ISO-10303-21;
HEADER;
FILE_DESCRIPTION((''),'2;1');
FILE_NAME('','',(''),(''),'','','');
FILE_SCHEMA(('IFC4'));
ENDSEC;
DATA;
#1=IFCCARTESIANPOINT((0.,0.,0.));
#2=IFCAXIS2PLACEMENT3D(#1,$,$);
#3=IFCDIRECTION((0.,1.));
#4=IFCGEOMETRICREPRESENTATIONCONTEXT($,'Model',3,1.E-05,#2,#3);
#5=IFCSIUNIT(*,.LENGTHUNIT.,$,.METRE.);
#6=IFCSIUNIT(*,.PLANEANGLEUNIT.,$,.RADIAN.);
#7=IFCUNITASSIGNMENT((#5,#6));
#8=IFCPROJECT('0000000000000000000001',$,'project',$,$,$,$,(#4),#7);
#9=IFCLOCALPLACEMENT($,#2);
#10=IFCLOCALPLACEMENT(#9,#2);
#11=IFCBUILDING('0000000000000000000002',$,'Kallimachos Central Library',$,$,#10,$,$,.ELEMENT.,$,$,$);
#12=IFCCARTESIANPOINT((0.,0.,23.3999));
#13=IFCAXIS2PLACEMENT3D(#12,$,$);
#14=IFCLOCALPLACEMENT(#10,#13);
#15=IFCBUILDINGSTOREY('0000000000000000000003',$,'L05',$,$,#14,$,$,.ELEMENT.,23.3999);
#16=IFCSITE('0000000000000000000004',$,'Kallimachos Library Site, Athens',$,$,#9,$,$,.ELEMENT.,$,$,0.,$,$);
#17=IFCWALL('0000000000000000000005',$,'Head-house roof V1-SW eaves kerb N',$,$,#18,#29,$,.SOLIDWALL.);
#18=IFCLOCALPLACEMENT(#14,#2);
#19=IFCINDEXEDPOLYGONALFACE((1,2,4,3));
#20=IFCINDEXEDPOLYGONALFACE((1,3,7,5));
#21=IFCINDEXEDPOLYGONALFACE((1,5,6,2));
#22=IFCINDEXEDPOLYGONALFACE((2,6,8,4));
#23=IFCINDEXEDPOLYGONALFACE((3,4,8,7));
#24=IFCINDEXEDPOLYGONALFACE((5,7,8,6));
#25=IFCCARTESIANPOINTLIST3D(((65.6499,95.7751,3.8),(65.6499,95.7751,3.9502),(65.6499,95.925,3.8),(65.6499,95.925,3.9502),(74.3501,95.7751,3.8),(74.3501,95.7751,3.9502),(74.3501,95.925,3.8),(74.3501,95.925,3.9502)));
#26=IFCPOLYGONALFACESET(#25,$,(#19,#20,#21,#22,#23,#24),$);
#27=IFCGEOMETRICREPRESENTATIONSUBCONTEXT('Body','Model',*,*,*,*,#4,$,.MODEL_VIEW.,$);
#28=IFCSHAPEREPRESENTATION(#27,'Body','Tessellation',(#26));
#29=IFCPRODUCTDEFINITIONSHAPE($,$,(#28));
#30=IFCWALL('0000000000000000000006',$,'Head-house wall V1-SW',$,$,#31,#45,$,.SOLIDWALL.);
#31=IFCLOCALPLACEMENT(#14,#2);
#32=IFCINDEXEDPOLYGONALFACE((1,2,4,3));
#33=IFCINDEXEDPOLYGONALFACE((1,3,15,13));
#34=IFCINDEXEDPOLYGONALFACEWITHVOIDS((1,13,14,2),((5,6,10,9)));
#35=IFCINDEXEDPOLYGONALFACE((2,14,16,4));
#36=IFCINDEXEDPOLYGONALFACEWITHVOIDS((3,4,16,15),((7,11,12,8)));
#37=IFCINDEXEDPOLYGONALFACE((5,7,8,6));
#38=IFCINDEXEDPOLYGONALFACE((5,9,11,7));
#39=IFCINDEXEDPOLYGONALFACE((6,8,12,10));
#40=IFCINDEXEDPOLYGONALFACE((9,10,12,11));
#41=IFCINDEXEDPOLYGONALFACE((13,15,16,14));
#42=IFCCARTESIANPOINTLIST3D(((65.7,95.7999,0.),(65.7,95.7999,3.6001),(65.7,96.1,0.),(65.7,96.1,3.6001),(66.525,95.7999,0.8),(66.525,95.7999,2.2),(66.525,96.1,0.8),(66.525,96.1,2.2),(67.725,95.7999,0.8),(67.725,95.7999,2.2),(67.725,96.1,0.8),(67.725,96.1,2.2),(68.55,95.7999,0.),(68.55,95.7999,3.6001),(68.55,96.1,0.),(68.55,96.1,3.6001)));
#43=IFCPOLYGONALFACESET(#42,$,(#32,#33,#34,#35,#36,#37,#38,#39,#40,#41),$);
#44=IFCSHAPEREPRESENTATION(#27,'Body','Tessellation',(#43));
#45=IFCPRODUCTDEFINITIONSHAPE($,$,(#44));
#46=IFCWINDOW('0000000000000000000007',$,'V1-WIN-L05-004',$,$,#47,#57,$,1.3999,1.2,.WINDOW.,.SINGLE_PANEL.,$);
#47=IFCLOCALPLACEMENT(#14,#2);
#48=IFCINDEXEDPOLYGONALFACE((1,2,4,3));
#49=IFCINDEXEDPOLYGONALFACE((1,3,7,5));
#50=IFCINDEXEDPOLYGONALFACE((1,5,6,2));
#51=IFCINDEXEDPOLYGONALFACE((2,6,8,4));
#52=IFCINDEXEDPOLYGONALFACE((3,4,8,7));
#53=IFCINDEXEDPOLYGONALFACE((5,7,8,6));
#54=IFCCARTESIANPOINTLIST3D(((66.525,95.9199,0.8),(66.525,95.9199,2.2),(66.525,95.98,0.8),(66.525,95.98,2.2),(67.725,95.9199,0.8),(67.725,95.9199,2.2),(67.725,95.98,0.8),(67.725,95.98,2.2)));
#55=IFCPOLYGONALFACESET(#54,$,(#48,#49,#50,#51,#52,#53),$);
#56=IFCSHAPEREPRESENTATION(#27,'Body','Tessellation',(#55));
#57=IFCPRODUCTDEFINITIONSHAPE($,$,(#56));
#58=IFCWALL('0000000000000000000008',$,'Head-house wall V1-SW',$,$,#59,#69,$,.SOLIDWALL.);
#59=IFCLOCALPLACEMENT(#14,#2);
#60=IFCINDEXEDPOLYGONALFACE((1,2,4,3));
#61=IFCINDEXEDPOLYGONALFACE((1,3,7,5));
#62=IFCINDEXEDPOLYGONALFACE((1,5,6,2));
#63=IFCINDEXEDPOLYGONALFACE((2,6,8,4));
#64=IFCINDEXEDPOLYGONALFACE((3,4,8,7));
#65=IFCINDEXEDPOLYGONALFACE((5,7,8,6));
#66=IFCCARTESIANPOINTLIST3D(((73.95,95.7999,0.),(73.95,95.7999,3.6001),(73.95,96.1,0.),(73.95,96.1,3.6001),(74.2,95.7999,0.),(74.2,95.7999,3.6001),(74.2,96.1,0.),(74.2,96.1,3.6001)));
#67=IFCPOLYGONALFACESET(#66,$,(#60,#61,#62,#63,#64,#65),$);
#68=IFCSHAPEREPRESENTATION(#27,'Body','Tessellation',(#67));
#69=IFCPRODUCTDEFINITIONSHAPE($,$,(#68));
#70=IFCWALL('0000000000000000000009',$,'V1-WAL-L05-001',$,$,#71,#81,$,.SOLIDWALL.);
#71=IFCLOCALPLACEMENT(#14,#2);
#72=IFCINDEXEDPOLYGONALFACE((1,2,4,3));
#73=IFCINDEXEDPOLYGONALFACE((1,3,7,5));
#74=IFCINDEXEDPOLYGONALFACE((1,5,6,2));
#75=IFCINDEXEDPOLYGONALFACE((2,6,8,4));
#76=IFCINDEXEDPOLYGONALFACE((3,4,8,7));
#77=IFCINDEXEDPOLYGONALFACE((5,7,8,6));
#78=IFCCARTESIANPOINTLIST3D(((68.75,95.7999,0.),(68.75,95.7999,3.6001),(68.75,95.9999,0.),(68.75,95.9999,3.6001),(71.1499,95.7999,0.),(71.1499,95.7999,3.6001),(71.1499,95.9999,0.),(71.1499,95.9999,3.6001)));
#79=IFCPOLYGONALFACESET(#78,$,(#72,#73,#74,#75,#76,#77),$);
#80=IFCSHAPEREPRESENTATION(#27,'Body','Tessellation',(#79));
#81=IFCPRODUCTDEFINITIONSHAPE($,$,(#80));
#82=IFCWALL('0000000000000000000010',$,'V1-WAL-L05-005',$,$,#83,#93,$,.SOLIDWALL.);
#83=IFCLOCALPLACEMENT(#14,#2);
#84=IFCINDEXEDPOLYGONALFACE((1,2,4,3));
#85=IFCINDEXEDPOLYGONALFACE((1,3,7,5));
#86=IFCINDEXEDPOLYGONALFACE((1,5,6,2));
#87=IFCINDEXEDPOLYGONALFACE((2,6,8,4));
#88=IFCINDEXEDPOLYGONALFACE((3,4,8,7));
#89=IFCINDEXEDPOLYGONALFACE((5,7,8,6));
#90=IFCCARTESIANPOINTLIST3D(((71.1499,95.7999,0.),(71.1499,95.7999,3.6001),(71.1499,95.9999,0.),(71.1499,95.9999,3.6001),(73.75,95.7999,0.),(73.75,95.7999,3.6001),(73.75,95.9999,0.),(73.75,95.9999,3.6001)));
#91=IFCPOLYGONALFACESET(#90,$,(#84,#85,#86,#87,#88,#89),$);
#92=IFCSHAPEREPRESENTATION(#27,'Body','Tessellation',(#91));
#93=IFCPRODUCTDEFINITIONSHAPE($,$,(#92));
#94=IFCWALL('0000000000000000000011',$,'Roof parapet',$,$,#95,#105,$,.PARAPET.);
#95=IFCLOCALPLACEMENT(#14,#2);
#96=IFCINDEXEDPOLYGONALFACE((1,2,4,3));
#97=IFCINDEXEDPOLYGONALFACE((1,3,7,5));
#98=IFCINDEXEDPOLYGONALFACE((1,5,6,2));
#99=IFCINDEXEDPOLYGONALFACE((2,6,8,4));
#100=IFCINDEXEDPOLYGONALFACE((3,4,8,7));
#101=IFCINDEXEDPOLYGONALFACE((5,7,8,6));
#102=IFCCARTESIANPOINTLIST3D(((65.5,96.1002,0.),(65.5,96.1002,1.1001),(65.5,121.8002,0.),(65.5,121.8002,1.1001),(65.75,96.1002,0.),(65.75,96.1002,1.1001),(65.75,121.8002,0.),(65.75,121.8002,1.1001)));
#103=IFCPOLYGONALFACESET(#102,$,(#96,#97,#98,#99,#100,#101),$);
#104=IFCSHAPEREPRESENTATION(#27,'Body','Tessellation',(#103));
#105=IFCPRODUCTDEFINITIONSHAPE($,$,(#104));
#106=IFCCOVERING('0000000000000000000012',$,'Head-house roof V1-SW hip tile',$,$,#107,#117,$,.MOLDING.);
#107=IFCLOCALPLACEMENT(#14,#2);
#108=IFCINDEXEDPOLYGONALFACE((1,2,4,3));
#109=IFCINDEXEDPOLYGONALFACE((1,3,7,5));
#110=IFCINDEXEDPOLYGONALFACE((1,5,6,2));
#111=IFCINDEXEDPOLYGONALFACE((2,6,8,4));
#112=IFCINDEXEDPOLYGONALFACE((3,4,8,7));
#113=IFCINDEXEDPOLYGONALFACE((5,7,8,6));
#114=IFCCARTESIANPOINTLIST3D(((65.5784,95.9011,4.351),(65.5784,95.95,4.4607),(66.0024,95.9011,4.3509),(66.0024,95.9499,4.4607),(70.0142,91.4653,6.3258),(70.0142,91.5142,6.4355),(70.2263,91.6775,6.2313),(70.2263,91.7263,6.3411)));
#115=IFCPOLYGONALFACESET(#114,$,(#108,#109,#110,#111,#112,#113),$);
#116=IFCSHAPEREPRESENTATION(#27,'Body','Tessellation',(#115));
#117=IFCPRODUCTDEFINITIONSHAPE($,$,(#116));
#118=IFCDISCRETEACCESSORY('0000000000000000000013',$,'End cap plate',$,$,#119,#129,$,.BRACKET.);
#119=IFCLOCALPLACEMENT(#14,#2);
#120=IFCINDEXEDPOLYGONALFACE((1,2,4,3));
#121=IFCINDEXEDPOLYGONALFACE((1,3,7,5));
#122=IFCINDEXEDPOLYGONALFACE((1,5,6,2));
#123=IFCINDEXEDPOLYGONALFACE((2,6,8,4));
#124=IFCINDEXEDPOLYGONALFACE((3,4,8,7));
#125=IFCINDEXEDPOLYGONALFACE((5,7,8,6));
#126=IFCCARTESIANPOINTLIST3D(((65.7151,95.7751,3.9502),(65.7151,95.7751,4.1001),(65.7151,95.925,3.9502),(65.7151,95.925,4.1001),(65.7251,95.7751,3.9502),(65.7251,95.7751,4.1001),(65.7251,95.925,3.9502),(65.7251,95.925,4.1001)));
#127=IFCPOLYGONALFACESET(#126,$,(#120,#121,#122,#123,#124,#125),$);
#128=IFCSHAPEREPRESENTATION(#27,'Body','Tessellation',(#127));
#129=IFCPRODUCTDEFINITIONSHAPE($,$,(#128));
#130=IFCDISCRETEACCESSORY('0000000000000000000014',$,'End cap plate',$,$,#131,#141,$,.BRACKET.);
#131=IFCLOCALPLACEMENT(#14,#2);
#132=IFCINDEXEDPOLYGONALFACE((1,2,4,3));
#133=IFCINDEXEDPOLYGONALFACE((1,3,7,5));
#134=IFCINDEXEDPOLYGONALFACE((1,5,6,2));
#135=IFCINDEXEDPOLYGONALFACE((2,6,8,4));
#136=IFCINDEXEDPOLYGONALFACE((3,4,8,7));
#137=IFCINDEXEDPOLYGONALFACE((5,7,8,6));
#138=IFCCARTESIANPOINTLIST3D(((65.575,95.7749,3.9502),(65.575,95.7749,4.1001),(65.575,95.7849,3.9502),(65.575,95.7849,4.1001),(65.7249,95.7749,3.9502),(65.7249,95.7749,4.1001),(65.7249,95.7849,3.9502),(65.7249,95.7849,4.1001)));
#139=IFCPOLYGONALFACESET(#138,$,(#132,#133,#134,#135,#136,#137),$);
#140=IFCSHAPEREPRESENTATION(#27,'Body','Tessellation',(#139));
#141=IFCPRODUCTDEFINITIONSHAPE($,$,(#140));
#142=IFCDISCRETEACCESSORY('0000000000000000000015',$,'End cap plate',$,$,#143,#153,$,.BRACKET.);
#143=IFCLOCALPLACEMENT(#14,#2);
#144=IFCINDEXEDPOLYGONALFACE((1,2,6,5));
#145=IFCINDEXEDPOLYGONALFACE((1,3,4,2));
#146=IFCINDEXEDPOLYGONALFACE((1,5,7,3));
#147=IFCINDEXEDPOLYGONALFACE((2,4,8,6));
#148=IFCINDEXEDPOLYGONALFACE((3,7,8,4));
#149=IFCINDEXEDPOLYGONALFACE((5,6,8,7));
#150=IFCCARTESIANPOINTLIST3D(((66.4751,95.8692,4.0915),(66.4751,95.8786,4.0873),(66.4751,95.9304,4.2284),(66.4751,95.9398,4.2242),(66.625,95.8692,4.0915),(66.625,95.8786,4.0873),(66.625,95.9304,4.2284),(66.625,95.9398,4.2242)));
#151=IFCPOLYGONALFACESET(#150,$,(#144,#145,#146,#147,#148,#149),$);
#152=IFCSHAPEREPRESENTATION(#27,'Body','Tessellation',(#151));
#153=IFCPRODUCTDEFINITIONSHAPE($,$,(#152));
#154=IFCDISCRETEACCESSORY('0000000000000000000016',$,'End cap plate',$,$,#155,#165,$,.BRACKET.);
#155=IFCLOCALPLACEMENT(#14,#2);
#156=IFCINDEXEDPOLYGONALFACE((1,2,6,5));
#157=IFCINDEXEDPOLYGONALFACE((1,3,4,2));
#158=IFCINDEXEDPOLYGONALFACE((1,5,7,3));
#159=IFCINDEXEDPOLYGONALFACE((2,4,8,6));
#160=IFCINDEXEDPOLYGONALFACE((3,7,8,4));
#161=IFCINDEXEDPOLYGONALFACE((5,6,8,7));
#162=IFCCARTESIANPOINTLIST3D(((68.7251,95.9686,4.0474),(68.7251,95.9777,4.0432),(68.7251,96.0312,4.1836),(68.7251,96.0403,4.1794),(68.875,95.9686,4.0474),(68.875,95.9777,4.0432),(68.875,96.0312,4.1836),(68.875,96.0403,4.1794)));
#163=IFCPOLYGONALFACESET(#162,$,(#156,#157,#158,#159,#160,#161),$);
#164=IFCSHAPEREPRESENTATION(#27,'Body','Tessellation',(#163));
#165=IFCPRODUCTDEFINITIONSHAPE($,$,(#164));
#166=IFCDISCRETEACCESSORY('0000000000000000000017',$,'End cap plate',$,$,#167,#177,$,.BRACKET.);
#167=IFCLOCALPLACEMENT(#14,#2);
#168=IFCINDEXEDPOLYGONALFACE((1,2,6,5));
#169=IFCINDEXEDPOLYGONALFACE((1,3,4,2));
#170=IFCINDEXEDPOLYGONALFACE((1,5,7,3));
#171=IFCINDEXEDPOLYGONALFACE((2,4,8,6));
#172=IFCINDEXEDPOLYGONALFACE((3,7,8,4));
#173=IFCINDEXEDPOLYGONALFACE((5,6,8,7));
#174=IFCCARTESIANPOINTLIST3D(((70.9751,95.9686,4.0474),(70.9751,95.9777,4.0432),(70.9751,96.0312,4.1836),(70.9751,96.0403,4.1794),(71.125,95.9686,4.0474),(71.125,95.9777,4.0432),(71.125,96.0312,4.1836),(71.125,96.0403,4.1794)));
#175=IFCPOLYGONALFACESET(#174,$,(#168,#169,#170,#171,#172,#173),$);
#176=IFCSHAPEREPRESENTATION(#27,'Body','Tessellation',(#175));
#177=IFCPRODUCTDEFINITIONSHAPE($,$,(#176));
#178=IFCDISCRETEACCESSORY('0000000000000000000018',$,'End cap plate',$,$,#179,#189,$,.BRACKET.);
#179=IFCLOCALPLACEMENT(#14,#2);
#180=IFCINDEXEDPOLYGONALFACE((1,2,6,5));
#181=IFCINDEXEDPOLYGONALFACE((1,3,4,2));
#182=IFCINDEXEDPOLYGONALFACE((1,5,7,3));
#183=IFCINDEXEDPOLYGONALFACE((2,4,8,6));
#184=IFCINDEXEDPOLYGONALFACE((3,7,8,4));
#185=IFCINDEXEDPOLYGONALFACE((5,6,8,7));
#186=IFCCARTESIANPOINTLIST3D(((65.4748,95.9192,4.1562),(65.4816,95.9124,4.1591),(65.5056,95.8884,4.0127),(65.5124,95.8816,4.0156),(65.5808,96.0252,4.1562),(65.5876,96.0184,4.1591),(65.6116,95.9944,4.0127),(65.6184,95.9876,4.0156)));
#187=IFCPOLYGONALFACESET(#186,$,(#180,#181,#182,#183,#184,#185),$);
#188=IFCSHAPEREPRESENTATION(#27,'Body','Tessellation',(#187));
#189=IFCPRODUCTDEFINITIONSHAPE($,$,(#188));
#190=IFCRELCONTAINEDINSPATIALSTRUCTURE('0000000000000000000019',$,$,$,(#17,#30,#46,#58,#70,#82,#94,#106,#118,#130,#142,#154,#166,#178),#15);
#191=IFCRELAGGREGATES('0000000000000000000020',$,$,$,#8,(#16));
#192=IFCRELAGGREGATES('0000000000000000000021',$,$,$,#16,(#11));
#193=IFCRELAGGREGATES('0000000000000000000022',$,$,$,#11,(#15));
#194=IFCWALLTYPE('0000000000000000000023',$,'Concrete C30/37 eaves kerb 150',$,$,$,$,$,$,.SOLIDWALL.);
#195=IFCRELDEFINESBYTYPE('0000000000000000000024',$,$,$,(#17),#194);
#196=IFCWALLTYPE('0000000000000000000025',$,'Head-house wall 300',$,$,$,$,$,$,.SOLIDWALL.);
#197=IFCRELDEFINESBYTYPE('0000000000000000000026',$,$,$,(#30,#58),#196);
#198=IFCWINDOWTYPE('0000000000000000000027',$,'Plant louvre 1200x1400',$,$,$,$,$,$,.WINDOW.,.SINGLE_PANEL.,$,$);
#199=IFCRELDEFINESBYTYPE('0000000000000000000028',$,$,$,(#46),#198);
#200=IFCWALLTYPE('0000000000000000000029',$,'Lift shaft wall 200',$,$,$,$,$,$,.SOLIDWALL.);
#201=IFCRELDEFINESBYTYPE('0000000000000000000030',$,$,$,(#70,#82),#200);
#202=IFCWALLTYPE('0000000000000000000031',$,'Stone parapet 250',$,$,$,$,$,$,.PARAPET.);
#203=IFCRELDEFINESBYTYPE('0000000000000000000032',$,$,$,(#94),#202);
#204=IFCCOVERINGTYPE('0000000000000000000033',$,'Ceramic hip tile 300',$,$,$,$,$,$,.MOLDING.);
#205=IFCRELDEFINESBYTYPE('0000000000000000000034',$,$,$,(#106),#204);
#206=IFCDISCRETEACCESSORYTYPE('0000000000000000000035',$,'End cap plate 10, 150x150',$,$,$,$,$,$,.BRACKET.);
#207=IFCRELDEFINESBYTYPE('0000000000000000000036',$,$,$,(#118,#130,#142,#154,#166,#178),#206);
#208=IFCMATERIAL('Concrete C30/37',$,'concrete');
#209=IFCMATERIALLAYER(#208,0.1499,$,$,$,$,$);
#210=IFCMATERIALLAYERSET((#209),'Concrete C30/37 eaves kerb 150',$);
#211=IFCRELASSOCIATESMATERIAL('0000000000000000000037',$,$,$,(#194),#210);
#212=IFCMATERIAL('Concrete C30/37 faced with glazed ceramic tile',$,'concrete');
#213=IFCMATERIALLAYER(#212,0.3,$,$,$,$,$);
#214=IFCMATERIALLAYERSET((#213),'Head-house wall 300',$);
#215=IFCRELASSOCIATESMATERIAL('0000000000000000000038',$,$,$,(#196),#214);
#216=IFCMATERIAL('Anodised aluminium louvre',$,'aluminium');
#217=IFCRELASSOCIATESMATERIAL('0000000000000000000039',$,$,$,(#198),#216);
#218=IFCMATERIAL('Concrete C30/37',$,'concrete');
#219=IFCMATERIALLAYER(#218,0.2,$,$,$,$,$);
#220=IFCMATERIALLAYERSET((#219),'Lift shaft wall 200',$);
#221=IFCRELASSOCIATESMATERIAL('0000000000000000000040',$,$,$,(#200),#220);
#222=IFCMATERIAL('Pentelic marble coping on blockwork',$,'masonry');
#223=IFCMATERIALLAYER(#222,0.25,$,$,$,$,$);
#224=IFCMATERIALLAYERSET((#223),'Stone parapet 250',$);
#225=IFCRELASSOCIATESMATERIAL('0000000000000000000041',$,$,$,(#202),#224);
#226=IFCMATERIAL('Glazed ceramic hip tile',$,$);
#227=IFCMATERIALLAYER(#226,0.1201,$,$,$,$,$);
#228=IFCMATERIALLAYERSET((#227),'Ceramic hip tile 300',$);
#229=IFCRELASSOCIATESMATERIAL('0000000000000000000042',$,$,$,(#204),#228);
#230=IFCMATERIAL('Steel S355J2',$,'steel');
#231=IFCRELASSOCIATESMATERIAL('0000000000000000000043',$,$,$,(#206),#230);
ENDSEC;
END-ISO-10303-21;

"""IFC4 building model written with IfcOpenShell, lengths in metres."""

from ifc_helpers import new_model, si_unit, direction, frame, frame_2d, origin, origin_2d, place, context, subcontext, project, spatial, polyline, rectangle, outline, extrude, material, layer, layer_set, material_profile, profile_set, type_object, element, fill, save


model = new_model("IFC4")

# Units and contexts
model_context = context("Model", 3, precision=1e-05, world=origin(), true_north=direction((0.0, 1.0)))
body_context = subcontext(model_context, "Body", "Model", "MODEL_VIEW")
ifc_project = project(units=[si_unit("LENGTHUNIT", "METRE"), si_unit("PLANEANGLEUNIT", "RADIAN")], contexts=[model_context])

# Site, building, storey
site_placement = place(None, origin())
site = spatial("IfcSite", under=ifc_project, at=site_placement, Name="Kallimachos Library Site, Athens", CompositionType="ELEMENT", RefElevation=0.0)
building_placement = place(site_placement, origin())
building = spatial("IfcBuilding", under=site, at=building_placement, Name="Kallimachos Central Library", CompositionType="ELEMENT")
storey_placement = place(building_placement, frame((0.0, 0.0, 23.3999)))
storey = spatial("IfcBuildingStorey", under=building, at=storey_placement, Name="L05", CompositionType="ELEMENT", Elevation=23.3999)

# Wall
ifc_material_1 = material(Name="Concrete C30/37", Category="concrete")
ifc_layer_1 = layer(ifc_material_1, 0.1499)
ifc_layer_set_1 = layer_set([ifc_layer_1], Name="Concrete C30/37 eaves kerb 150")
wall_type_1 = type_object("IfcWallType", Name="Concrete C30/37 eaves kerb 150", PredefinedType="SOLIDWALL", material=ifc_layer_set_1)
wall_1_placement = place(storey_placement, frame((65.6499, 95.8501, 3.8), z_axis=(0.0, 0.0, 1.0), x_axis=(1.0, 0.0, 0.0)))
element("IfcWall", 1, at=wall_1_placement, inside=storey, type_object=wall_type_1, Name="Head-house roof V1-SW eaves kerb N", PredefinedType="SOLIDWALL", context=body_context, shape_type="SweptSolid", body=[
    extrude(rectangle(XDim=8.7002, YDim=0.1499, at=frame_2d((4.3501, 0.0))), origin(), (0.0, 0.0, 1.0), 0.1501),
])

# Wall, opening, window
ifc_material_2 = material(Name="Concrete C30/37 faced with glazed ceramic tile", Category="concrete")
ifc_layer_2 = layer(ifc_material_2, 0.3)
ifc_layer_set_2 = layer_set([ifc_layer_2], Name="Head-house wall 300")
wall_type_2 = type_object("IfcWallType", Name="Head-house wall 300", PredefinedType="SOLIDWALL", material=ifc_layer_set_2)
wall_2_placement = place(storey_placement, frame((65.7, 95.95, 0.0), z_axis=(0.0, 0.0, 1.0), x_axis=(1.0, 0.0, 0.0)))
wall_2 = element("IfcWall", 2, at=wall_2_placement, inside=storey, type_object=wall_type_2, Name="Head-house wall V1-SW", PredefinedType="SOLIDWALL", context=body_context, shape_type="SweptSolid", body=[
    extrude(rectangle(XDim=2.8501, YDim=0.3, at=frame_2d((1.425, 0.0))), origin(), (0.0, 0.0, 1.0), 3.6001),
])
opening_placement = place(wall_2_placement, frame((0.825, 0.0, 0.8)))
opening = element("IfcOpeningElement", 3, at=opening_placement, cuts=wall_2, PredefinedType="OPENING", context=body_context, shape_type="SweptSolid", body=[
    extrude(rectangle(XDim=1.2, YDim=1.3999, at=frame_2d((0.6001, 0.7))), frame((0.0, 0.1599, 0.0), z_axis=(0.0, -1.0, 0.0), x_axis=(1.0, 0.0, 0.0)), (0.0, 0.0, 1.0), 0.3201),
])
ifc_material_3 = material(Name="Anodised aluminium louvre", Category="aluminium")
window_type = type_object("IfcWindowType", Name="Plant louvre 1200x1400", PartitioningType="SINGLE_PANEL", PredefinedType="WINDOW", material=ifc_material_3)
window_placement = place(opening_placement, origin())
window = element("IfcWindow", 4, at=window_placement, inside=storey, type_object=window_type, Name="V1-WIN-L05-004", OverallHeight=1.3999, OverallWidth=1.2, PartitioningType="SINGLE_PANEL", PredefinedType="WINDOW", context=body_context, shape_type="SweptSolid", body=[
    extrude(rectangle(XDim=1.2, YDim=1.3999, at=frame_2d((0.6001, 0.7))), frame((0.0, 0.03, 0.0), z_axis=(0.0, -1.0, 0.0), x_axis=(1.0, 0.0, 0.0)), (0.0, 0.0, 1.0), 0.0601),
])
fill(opening, window)

# Walls
wall_3_placement = place(storey_placement, frame((73.95, 95.95, 0.0), z_axis=(0.0, 0.0, 1.0), x_axis=(1.0, 0.0, 0.0)))
element("IfcWall", 5, at=wall_3_placement, inside=storey, type_object=wall_type_2, Name="Head-house wall V1-SW", PredefinedType="SOLIDWALL", context=body_context, shape_type="SweptSolid", body=[
    extrude(rectangle(XDim=0.25, YDim=0.3, at=frame_2d((0.125, 0.0))), origin(), (0.0, 0.0, 1.0), 3.6001),
])
ifc_material_4 = material(Name="Concrete C30/37", Category="concrete")
ifc_layer_3 = layer(ifc_material_4, 0.2)
ifc_layer_set_3 = layer_set([ifc_layer_3], Name="Lift shaft wall 200")
wall_type_3 = type_object("IfcWallType", Name="Lift shaft wall 200", PredefinedType="SOLIDWALL", material=ifc_layer_set_3)
wall_4_placement = place(storey_placement, frame((68.75, 95.8999, 0.0), z_axis=(0.0, 0.0, 1.0), x_axis=(1.0, 0.0, 0.0)))
element("IfcWall", 6, at=wall_4_placement, inside=storey, type_object=wall_type_3, Name="V1-WAL-L05-001", PredefinedType="SOLIDWALL", context=body_context, shape_type="SweptSolid", body=[
    extrude(rectangle(XDim=2.3999, YDim=0.2, at=frame_2d((1.2, 0.0))), origin(), (0.0, 0.0, 1.0), 3.6001),
])
wall_5_placement = place(storey_placement, frame((71.1499, 95.8999, 0.0), z_axis=(0.0, 0.0, 1.0), x_axis=(1.0, 0.0, 0.0)))
element("IfcWall", 7, at=wall_5_placement, inside=storey, type_object=wall_type_3, Name="V1-WAL-L05-005", PredefinedType="SOLIDWALL", context=body_context, shape_type="SweptSolid", body=[
    extrude(rectangle(XDim=2.6001, YDim=0.2, at=frame_2d((1.3, 0.0))), origin(), (0.0, 0.0, 1.0), 3.6001),
])
ifc_material_5 = material(Name="Pentelic marble coping on blockwork", Category="masonry")
ifc_layer_4 = layer(ifc_material_5, 0.25)
ifc_layer_set_4 = layer_set([ifc_layer_4], Name="Stone parapet 250")
wall_type_4 = type_object("IfcWallType", Name="Stone parapet 250", PredefinedType="PARAPET", material=ifc_layer_set_4)
wall_6_placement = place(storey_placement, frame((65.625, 96.1001, 0.0), z_axis=(0.0, 0.0, 1.0), x_axis=(0.0, 1.0, 0.0)))
element("IfcWall", 8, at=wall_6_placement, inside=storey, type_object=wall_type_4, Name="Roof parapet", PredefinedType="PARAPET", context=body_context, shape_type="SweptSolid", body=[
    extrude(rectangle(XDim=25.7, YDim=0.25, at=frame_2d((12.8501, 0.0))), origin(), (0.0, 0.0, 1.0), 1.1001),
])

# Covering
ifc_material_6 = material(Name="Glazed ceramic hip tile")
ifc_layer_5 = layer(ifc_material_6, 0.1201)
ifc_layer_set_5 = layer_set([ifc_layer_5], Name="Ceramic hip tile 300")
covering_type = type_object("IfcCoveringType", Name="Ceramic hip tile 300", PredefinedType="MOLDING", material=ifc_layer_set_5)
covering_placement = place(storey_placement, frame((65.5784, 95.95, 4.4607), z_axis=(0.000031, 0.406745, 0.913542), x_axis=(1.0, -0.000012, -0.000028)))
element("IfcCovering", 9, at=covering_placement, inside=storey, type_object=covering_type, Name="Head-house roof V1-SW hip tile", PredefinedType="MOLDING", context=body_context, shape_type="SweptSolid", body=[
    extrude(outline(polyline([(0.0, 0.0), (0.4241, 0.0), (4.6479, -4.6233), (4.4358, -4.8555), (0.0, 0.0)])), origin(), (0.0, 0.0, -1.0), 0.1201),
])

# Discrete accessories
ifc_material_7 = material(Name="Steel S355J2", Category="steel")
ifc_material_profile_1 = material_profile(ifc_material_7, rectangle(XDim=0.1499, YDim=0.1499, at=origin_2d()), Name="End cap plate 10, 150x150")
ifc_profile_set_1 = profile_set([ifc_material_profile_1], Name="Steel S355J2")
discrete_accessory_type = type_object("IfcDiscreteAccessoryType", Name="End cap plate 10, 150x150", PredefinedType="BRACKET", material=ifc_profile_set_1)
for number, where, z_axis, x_axis, name in (
    (10, (65.7151, 95.8501, 4.0251), (1.0, 0.0, 0.0), (0.0, 1.0, 0.0), "End cap plate"),
    (11, (65.6499, 95.7749, 4.0251), (0.0, 1.0, 0.0), (-1.0, 0.0, 0.0), "End cap plate"),
):
    element("IfcDiscreteAccessory", number, at=place(storey_placement, frame(where, z_axis=z_axis, x_axis=x_axis)), inside=storey, type_object=discrete_accessory_type, Name=name, PredefinedType="BRACKET", context=body_context, shape_type="SweptSolid", body=[
        extrude(rectangle(XDim=0.1499, YDim=0.1499, at=origin_2d()), origin(), (0.0, 0.0, 1.0), 0.01),
    ])
discrete_accessory_placement = place(storey_placement, frame((66.55, 95.9092, 4.1558), z_axis=(0.0, -0.912818, 0.408366), x_axis=(1.0, 0.0, 0.0)))
element("IfcDiscreteAccessory", 12, at=discrete_accessory_placement, inside=storey, type_object=discrete_accessory_type, Name="End cap plate", PredefinedType="BRACKET", context=body_context, shape_type="SweptSolid", body=[
    extrude(rectangle(XDim=0.1499, YDim=0.1499, at=origin_2d()), origin(), (0.0, 0.0, 1.0), 0.0103),
])
for number, where, z_axis, x_axis, name in (
    (13, (68.8, 96.009, 4.1113), (0.0, -0.908677, 0.4175), (1.0, 0.0, 0.0), "End cap plate"),
    (14, (71.05, 96.009, 4.1113), (0.0, -0.908677, 0.4175), (1.0, 0.0, 0.0), "End cap plate"),
    (15, (65.5432, 95.9568, 4.0845), (0.676716, -0.676716, 0.290021), (0.707107, 0.707107, 0.0), "End cap plate"),
):
    element("IfcDiscreteAccessory", number, at=place(storey_placement, frame(where, z_axis=z_axis, x_axis=x_axis)), inside=storey, type_object=discrete_accessory_type, Name=name, PredefinedType="BRACKET", context=body_context, shape_type="SweptSolid", body=[
        extrude(rectangle(XDim=0.1499, YDim=0.1499, at=origin_2d()), origin(), (0.0, 0.0, 1.0), 0.01),
    ])

save(model, "model.ifc")
